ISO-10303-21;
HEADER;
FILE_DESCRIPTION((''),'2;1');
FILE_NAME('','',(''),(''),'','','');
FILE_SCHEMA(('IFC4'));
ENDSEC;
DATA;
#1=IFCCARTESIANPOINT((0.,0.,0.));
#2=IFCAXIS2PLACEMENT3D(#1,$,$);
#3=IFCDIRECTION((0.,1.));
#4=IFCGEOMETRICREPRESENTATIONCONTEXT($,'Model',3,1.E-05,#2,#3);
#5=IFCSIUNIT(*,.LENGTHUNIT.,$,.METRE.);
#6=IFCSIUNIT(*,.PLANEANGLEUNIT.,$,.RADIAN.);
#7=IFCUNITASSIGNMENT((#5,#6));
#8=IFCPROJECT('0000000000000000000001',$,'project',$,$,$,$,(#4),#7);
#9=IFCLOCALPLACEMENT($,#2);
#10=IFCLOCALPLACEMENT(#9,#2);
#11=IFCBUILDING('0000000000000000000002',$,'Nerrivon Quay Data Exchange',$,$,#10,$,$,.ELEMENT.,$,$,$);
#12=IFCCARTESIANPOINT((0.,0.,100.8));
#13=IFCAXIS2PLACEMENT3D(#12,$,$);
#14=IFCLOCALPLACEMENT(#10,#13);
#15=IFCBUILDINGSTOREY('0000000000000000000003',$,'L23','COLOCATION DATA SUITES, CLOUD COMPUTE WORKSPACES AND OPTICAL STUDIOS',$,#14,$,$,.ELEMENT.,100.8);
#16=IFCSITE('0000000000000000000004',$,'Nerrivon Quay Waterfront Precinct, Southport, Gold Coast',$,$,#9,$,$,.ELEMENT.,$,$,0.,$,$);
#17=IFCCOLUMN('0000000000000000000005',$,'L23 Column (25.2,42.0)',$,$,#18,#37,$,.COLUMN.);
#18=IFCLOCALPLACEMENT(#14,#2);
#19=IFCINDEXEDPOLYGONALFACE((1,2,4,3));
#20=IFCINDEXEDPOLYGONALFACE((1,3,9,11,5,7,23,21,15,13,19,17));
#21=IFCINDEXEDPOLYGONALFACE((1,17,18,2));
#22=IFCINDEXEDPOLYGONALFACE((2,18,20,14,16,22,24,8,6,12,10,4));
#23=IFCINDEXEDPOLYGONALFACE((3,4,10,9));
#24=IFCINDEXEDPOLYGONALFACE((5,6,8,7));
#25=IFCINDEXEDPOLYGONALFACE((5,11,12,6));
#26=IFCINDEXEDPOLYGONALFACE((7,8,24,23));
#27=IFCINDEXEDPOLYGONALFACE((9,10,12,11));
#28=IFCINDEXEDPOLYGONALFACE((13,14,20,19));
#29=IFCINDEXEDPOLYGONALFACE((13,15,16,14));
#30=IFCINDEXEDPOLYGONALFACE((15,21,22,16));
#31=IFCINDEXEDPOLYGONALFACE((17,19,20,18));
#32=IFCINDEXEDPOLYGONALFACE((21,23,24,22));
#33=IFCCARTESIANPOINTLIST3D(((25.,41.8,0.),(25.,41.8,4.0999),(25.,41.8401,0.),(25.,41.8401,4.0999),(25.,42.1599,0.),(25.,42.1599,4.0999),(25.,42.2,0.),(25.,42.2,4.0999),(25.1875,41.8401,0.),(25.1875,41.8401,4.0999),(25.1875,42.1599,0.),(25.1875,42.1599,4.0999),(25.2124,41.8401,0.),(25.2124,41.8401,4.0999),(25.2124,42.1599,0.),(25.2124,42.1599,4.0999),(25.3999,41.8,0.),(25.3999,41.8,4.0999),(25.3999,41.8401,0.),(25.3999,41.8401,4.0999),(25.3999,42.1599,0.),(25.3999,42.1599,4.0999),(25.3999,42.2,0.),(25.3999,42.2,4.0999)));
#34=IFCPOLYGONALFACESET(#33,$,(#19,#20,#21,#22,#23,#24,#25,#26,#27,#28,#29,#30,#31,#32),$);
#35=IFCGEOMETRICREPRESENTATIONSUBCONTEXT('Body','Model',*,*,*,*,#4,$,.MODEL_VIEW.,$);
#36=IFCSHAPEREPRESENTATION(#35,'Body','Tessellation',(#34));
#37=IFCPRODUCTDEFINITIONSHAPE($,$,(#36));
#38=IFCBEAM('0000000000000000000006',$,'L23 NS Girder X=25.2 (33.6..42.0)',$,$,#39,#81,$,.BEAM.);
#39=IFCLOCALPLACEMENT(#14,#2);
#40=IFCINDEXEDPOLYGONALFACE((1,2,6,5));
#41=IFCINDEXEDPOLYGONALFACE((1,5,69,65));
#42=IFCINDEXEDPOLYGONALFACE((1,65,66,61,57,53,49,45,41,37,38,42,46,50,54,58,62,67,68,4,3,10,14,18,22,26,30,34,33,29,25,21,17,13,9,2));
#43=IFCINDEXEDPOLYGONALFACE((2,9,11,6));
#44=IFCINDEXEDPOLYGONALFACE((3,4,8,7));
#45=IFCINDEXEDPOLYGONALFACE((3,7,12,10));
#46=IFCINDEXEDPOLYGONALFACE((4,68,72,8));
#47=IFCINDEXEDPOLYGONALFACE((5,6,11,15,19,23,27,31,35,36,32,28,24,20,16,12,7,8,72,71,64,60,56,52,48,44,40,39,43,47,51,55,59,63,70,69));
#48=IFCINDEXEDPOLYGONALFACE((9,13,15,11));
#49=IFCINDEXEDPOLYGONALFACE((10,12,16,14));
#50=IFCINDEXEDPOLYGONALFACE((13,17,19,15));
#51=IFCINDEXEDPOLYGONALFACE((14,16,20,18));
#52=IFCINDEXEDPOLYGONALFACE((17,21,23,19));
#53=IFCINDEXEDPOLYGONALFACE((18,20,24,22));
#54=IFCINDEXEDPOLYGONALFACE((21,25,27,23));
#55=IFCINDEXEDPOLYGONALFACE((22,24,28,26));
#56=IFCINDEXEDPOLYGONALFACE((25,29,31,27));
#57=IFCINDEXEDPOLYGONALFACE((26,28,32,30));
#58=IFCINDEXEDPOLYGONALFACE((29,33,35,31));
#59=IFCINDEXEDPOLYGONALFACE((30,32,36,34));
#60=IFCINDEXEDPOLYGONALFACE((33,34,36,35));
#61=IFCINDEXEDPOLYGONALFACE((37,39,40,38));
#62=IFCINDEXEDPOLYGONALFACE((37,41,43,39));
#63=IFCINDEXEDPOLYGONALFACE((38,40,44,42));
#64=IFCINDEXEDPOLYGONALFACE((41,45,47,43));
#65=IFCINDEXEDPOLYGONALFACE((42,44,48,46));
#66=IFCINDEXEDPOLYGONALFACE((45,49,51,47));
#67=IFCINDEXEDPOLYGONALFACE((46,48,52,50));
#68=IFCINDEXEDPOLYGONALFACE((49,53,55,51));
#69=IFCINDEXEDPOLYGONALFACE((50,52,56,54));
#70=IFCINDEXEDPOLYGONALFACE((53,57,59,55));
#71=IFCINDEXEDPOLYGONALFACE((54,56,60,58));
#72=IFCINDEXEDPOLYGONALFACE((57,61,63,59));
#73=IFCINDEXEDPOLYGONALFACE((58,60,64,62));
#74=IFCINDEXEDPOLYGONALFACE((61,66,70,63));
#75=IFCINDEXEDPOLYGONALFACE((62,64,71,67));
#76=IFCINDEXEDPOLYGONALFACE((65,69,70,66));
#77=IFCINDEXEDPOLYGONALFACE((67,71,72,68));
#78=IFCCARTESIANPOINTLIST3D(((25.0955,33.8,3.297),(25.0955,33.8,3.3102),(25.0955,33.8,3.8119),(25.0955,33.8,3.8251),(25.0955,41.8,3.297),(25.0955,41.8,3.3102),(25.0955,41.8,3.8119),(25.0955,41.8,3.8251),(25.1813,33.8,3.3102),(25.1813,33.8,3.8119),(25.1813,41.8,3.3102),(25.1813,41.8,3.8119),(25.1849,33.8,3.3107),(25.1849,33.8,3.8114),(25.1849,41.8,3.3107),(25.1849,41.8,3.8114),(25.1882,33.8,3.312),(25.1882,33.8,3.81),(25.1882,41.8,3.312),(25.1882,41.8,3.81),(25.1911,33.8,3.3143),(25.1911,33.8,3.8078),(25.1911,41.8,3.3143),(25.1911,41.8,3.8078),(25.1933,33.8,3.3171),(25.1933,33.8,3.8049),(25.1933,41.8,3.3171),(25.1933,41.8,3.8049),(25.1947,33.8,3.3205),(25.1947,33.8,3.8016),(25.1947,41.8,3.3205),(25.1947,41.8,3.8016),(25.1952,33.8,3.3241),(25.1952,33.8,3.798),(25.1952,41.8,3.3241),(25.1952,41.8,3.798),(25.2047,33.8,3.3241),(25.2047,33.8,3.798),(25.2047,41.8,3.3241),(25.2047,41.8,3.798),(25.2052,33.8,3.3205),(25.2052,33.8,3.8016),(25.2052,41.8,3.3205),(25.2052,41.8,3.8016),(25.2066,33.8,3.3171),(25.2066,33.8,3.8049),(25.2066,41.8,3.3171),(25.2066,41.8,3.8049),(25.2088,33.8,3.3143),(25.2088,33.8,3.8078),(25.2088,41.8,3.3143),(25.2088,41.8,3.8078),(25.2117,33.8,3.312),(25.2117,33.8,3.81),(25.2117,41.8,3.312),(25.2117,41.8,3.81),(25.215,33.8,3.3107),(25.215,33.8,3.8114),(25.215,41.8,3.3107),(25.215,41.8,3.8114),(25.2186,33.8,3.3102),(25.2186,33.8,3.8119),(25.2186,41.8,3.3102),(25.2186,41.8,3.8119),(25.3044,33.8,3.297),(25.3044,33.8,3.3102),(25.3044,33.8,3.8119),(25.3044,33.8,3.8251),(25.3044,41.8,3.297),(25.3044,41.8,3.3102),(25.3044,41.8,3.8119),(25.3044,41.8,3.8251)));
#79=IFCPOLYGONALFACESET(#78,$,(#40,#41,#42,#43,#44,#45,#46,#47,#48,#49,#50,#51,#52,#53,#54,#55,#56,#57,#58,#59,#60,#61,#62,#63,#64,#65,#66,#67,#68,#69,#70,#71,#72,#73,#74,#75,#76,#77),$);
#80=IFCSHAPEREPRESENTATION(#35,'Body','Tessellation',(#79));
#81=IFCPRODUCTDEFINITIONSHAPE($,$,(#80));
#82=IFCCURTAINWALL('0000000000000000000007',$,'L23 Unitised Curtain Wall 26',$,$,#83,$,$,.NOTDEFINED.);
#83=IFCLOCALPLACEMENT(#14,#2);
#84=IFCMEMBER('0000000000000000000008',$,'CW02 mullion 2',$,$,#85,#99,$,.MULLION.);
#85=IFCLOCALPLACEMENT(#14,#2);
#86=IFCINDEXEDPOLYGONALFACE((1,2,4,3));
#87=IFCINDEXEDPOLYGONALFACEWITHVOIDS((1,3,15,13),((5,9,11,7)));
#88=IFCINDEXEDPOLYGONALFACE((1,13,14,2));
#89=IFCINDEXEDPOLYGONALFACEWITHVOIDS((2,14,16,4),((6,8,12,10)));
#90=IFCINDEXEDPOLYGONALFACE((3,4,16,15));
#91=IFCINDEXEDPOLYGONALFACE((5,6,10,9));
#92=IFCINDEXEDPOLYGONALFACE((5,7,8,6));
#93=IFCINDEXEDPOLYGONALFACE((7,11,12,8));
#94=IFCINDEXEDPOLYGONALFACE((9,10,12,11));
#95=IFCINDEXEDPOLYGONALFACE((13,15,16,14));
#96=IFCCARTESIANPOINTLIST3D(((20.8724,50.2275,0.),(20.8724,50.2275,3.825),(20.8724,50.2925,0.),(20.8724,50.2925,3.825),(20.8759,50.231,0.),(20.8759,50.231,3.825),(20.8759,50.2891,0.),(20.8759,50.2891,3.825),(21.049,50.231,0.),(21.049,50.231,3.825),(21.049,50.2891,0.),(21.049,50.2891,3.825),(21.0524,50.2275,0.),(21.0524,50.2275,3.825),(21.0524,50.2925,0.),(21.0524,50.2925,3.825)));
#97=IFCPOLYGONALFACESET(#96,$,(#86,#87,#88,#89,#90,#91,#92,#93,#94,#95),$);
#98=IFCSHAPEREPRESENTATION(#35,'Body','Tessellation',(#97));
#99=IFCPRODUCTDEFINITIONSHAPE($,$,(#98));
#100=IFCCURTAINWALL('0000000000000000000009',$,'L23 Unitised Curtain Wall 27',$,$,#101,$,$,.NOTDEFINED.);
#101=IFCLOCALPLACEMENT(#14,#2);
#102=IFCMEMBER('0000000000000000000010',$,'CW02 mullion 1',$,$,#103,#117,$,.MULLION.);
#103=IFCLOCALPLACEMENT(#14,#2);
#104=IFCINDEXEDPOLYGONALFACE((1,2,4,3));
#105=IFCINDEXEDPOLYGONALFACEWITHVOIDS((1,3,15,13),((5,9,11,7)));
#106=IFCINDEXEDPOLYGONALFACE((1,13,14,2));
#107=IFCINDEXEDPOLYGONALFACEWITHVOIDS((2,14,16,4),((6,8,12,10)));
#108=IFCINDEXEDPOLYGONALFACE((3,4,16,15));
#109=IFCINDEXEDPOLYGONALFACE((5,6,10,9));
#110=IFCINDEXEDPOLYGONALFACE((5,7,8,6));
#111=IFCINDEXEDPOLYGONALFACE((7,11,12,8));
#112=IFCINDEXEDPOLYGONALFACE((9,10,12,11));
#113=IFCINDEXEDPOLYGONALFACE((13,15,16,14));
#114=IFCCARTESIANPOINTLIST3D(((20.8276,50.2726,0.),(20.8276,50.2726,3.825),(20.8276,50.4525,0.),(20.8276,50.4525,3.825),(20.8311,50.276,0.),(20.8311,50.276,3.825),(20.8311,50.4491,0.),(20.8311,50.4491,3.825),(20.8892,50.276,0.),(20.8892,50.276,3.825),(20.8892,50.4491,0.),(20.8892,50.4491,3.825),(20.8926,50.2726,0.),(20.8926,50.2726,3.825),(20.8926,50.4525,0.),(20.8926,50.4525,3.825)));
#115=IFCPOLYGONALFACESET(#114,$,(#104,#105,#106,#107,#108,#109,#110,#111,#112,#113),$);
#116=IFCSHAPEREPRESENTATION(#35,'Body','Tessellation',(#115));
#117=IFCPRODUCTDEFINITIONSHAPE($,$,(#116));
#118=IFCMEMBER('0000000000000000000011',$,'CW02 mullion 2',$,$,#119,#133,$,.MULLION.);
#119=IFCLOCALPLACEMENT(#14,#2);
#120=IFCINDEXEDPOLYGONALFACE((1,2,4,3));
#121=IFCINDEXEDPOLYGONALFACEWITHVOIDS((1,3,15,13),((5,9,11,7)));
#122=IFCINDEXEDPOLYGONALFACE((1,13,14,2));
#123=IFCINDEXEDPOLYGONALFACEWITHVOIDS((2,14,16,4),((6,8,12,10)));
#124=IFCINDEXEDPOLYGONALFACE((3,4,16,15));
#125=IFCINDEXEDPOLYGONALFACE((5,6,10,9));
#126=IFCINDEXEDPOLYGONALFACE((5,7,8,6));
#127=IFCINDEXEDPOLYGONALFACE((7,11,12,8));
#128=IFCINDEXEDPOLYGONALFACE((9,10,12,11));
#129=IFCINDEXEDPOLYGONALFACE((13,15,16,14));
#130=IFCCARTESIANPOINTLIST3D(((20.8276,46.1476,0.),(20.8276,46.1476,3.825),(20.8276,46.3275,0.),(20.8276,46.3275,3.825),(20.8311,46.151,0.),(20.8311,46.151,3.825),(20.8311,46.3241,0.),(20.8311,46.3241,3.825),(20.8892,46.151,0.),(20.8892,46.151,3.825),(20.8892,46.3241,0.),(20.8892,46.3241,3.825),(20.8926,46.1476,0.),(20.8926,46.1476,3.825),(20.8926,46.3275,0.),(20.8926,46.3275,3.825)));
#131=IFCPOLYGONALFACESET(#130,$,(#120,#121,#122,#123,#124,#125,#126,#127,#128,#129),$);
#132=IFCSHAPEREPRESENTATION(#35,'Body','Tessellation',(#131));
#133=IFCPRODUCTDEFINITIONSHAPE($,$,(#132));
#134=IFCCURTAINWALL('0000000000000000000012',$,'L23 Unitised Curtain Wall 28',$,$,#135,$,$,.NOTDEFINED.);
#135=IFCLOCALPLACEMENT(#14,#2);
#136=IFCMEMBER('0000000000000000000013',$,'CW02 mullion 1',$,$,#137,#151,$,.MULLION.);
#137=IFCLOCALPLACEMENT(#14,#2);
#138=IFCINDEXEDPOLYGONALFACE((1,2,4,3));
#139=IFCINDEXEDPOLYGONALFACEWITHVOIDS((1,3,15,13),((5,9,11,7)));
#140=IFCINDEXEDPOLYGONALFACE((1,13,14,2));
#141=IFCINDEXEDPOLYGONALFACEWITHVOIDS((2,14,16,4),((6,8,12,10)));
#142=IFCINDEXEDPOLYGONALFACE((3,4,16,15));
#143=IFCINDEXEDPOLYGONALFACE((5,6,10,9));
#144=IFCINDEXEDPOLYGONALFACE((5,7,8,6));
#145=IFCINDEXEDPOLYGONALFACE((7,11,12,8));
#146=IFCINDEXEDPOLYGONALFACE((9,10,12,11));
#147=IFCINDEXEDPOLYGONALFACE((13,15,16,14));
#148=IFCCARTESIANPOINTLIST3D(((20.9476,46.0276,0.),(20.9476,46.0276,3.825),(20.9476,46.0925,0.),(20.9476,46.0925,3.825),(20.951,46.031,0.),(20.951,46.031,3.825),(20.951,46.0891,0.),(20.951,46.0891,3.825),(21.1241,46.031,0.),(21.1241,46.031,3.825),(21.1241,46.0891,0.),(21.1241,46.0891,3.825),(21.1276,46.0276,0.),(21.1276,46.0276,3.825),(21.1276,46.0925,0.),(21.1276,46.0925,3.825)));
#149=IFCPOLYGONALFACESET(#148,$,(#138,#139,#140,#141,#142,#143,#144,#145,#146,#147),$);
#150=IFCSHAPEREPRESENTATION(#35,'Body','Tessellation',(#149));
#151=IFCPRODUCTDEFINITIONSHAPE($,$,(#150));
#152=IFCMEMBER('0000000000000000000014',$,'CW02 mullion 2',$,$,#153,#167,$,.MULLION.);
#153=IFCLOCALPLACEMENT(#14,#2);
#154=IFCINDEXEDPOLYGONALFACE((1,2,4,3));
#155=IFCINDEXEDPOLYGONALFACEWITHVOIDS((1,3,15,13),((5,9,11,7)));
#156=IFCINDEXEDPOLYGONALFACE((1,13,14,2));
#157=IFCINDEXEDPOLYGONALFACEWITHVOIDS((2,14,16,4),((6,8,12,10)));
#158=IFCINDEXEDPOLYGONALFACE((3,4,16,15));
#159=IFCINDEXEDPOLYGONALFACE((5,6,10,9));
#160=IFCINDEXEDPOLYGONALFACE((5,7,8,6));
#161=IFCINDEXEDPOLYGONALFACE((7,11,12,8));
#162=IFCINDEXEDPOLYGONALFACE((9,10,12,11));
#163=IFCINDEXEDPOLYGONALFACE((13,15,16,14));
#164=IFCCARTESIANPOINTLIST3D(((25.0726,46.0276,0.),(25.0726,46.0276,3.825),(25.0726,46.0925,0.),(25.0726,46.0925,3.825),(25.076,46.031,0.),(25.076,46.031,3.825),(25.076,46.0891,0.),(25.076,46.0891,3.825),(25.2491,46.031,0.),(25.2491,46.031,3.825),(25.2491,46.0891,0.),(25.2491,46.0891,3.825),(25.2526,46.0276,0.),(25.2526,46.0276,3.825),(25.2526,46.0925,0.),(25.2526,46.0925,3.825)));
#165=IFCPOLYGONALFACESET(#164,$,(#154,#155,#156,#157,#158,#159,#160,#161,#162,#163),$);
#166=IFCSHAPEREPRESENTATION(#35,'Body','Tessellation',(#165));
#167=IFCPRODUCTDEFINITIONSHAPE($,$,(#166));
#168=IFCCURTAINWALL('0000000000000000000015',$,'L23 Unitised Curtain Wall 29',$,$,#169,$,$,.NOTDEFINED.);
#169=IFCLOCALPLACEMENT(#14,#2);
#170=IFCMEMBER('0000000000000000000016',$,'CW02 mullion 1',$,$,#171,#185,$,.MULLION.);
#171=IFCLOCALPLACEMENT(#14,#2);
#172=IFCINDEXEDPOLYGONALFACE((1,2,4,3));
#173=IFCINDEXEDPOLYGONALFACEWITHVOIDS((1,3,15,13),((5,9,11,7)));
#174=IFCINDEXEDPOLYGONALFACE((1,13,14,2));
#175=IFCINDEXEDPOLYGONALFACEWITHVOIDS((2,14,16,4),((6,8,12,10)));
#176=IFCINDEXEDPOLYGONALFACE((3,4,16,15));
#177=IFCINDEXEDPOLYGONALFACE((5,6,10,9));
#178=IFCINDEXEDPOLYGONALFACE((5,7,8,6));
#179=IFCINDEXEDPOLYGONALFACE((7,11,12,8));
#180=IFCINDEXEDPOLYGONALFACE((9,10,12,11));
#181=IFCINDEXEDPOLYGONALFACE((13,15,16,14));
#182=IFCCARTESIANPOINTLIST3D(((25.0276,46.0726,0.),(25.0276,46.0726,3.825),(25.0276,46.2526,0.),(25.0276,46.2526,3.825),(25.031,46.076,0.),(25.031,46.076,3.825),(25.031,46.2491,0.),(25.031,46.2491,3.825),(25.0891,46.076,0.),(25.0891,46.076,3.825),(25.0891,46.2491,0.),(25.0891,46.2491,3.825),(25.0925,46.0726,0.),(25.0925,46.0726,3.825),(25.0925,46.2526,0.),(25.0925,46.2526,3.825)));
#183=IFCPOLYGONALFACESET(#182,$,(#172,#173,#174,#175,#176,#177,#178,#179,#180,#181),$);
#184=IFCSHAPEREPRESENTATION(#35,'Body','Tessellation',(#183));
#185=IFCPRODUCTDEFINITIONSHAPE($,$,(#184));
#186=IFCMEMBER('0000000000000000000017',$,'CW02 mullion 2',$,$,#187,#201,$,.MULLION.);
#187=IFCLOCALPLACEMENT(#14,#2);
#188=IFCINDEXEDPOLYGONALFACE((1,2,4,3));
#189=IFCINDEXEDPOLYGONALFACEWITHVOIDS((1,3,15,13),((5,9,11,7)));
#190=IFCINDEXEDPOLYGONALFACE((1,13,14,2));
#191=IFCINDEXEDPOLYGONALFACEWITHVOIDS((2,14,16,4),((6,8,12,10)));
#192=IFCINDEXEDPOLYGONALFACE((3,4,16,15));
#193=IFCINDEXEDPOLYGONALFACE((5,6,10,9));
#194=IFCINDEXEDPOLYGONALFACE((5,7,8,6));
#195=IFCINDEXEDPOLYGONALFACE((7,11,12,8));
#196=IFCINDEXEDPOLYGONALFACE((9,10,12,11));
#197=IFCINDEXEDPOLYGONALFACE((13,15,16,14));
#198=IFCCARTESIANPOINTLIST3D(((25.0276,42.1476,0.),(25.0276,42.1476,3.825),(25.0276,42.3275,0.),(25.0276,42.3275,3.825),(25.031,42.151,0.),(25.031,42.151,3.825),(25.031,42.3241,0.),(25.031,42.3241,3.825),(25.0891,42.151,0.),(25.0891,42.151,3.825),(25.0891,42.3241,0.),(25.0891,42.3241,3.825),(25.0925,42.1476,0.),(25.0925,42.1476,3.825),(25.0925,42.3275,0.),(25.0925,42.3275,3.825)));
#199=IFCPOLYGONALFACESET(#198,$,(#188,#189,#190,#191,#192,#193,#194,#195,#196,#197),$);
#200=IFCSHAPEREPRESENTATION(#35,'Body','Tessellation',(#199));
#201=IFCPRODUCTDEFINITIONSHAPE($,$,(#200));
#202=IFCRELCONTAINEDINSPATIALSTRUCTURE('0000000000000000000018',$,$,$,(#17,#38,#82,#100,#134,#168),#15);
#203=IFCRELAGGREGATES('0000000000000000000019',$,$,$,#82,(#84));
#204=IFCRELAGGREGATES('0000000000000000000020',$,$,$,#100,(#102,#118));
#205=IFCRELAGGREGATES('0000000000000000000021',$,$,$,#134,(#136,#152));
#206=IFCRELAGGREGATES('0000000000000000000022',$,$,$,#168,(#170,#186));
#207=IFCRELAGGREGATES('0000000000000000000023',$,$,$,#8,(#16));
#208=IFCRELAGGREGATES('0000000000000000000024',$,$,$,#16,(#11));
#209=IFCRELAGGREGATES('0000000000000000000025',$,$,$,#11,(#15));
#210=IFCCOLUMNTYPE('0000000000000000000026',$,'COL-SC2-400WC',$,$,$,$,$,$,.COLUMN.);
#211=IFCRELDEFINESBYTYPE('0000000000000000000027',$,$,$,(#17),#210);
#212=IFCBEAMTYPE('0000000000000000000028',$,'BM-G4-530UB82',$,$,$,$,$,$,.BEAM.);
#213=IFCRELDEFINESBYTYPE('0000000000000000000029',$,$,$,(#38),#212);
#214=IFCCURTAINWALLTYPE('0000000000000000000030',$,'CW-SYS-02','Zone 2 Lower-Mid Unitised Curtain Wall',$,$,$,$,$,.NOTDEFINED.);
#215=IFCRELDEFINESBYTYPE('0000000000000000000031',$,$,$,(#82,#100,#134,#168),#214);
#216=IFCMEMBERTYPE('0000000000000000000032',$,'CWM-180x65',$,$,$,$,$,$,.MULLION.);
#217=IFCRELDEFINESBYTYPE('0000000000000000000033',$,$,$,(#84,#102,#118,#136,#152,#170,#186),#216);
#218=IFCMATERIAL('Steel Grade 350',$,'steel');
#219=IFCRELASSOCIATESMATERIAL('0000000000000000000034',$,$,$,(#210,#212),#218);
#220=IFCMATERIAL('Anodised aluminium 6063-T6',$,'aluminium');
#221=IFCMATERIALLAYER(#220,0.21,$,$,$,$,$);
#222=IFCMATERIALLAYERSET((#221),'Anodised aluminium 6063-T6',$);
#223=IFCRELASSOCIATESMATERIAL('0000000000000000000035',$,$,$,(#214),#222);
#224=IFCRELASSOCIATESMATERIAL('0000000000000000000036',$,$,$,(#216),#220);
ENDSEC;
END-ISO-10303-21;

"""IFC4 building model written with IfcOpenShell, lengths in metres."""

from ifc_helpers import new_model, si_unit, direction, frame, origin, origin_2d, place, context, subcontext, project, spatial, hollow_rectangle, i_section, extrude, material, layer, layer_set, material_profile, profile_set, type_object, element, aggregate, save


model = new_model("IFC4")

# Units and contexts
model_context = context("Model", 3, precision=1e-05, world=origin(), true_north=direction((0.0, 1.0)))
body_context = subcontext(model_context, "Body", "Model", "MODEL_VIEW")
ifc_project = project(units=[si_unit("LENGTHUNIT", "METRE"), si_unit("PLANEANGLEUNIT", "RADIAN")], contexts=[model_context])

# Site, building, storey
site_placement = place(None, origin())
site = spatial("IfcSite", under=ifc_project, at=site_placement, Name="Nerrivon Quay Waterfront Precinct, Southport, Gold Coast", CompositionType="ELEMENT", RefElevation=0.0)
building_placement = place(site_placement, origin())
building = spatial("IfcBuilding", under=site, at=building_placement, Name="Nerrivon Quay Data Exchange", CompositionType="ELEMENT")
storey_placement = place(building_placement, frame((0.0, 0.0, 100.8)))
storey = spatial("IfcBuildingStorey", under=building, at=storey_placement, Name="L23", Description="COLOCATION DATA SUITES, CLOUD COMPUTE WORKSPACES AND OPTICAL STUDIOS", CompositionType="ELEMENT", Elevation=100.8)

# Column
ifc_material_1 = material(Name="Steel Grade 350", Category="steel")
ifc_material_profile_1 = material_profile(ifc_material_1, i_section(OverallWidth=0.3999, OverallDepth=0.3999, WebThickness=0.0249, FlangeThickness=0.04, at=origin_2d()), Name="400WC328")
ifc_profile_set_1 = profile_set([ifc_material_profile_1], Name="Steel Grade 350")
column_type = type_object("IfcColumnType", Name="COL-SC2-400WC", PredefinedType="COLUMN", material=ifc_profile_set_1)
column_placement = place(storey_placement, frame((25.2, 42.0, 0.0), z_axis=(0.0, 0.0, 1.0), x_axis=(1.0, 0.0, 0.0)))
element("IfcColumn", 1, at=column_placement, inside=storey, type_object=column_type, Name="L23 Column (25.2,42.0)", PredefinedType="COLUMN", context=body_context, shape_type="SweptSolid", body=[
    extrude(i_section(OverallWidth=0.3999, OverallDepth=0.3999, WebThickness=0.0249, FlangeThickness=0.04, at=origin_2d()), origin(), (0.0, 0.0, 1.0), 4.0999),
])

# Beam
ifc_material_profile_2 = material_profile(ifc_material_1, i_section(OverallWidth=0.209, OverallDepth=0.5281, WebThickness=0.0095, FlangeThickness=0.0132, FilletRadius=0.0139, at=origin_2d()), Name="530UB82.0")
ifc_profile_set_2 = profile_set([ifc_material_profile_2], Name="Steel Grade 350")
beam_type = type_object("IfcBeamType", Name="BM-G4-530UB82", PredefinedType="BEAM", material=ifc_profile_set_2)
beam_placement = place(storey_placement, frame((25.2, 33.8, 3.561), z_axis=(0.0, 1.0, 0.0), x_axis=(-1.0, 0.0, 0.0)))
element("IfcBeam", 2, at=beam_placement, inside=storey, type_object=beam_type, Name="L23 NS Girder X=25.2 (33.6..42.0)", PredefinedType="BEAM", context=body_context, shape_type="SweptSolid", body=[
    extrude(i_section(OverallWidth=0.209, OverallDepth=0.5281, WebThickness=0.0095, FlangeThickness=0.0132, FilletRadius=0.0139, at=origin_2d()), origin(), (0.0, 0.0, 1.0), 8.0),
])

# Curtain wall, member
ifc_material_2 = material(Name="Anodised aluminium 6063-T6", Category="aluminium")
ifc_layer_1 = layer(ifc_material_2, 0.21)
ifc_layer_set_1 = layer_set([ifc_layer_1], Name="Anodised aluminium 6063-T6")
curtain_wall_type = type_object("IfcCurtainWallType", Name="CW-SYS-02", Description="Zone 2 Lower-Mid Unitised Curtain Wall", PredefinedType="NOTDEFINED", material=ifc_layer_set_1)
curtain_wall_1_placement = place(storey_placement, origin())
curtain_wall_1 = element("IfcCurtainWall", 3, at=curtain_wall_1_placement, inside=storey, type_object=curtain_wall_type, Name="L23 Unitised Curtain Wall 26", PredefinedType="NOTDEFINED")
ifc_material_profile_3 = material_profile(ifc_material_2, hollow_rectangle(XDim=0.0649, YDim=0.1799, WallThickness=0.0034, at=origin_2d()), Name="ALU-MULL-180x65")
ifc_profile_set_3 = profile_set([ifc_material_profile_3], Name="Anodised aluminium 6063-T6")
member_type_1 = type_object("IfcMemberType", Name="CWM-180x65", PredefinedType="MULLION", material=ifc_profile_set_3)
member_1_placement = place(storey_placement, frame((20.9624, 50.26, 0.0), z_axis=(0.0, 0.0, 1.0), x_axis=(0.0, 1.0, 0.0)))
member_1 = element("IfcMember", 4, at=member_1_placement, type_object=member_type_1, Name="CW02 mullion 2", PredefinedType="MULLION", context=body_context, shape_type="SweptSolid", body=[
    extrude(hollow_rectangle(XDim=0.0649, YDim=0.1799, WallThickness=0.0034, at=origin_2d()), origin(), (0.0, 0.0, 1.0), 3.825),
])
aggregate(curtain_wall_1, [member_1])

# Curtain walls, members
curtain_wall_2_placement = place(storey_placement, origin())
curtain_wall_2 = element("IfcCurtainWall", 5, at=curtain_wall_2_placement, inside=storey, type_object=curtain_wall_type, Name="L23 Unitised Curtain Wall 27", PredefinedType="NOTDEFINED")
member_2_placement = place(storey_placement, frame((20.8601, 50.3625, 0.0), z_axis=(0.0, 0.0, 1.0), x_axis=(1.0, 0.0, 0.0)))
member_2 = element("IfcMember", 6, at=member_2_placement, type_object=member_type_1, Name="CW02 mullion 1", PredefinedType="MULLION", context=body_context, shape_type="SweptSolid", body=[
    extrude(hollow_rectangle(XDim=0.0649, YDim=0.1799, WallThickness=0.0034, at=origin_2d()), origin(), (0.0, 0.0, 1.0), 3.825),
])
member_3_placement = place(storey_placement, frame((20.8601, 46.2375, 0.0), z_axis=(0.0, 0.0, 1.0), x_axis=(1.0, 0.0, 0.0)))
member_3 = element("IfcMember", 7, at=member_3_placement, type_object=member_type_1, Name="CW02 mullion 2", PredefinedType="MULLION", context=body_context, shape_type="SweptSolid", body=[
    extrude(hollow_rectangle(XDim=0.0649, YDim=0.1799, WallThickness=0.0034, at=origin_2d()), origin(), (0.0, 0.0, 1.0), 3.825),
])
curtain_wall_3_placement = place(storey_placement, origin())
curtain_wall_3 = element("IfcCurtainWall", 8, at=curtain_wall_3_placement, inside=storey, type_object=curtain_wall_type, Name="L23 Unitised Curtain Wall 28", PredefinedType="NOTDEFINED")
member_4_placement = place(storey_placement, frame((21.0376, 46.0601, 0.0), z_axis=(0.0, 0.0, 1.0), x_axis=(0.0, 1.0, 0.0)))
member_4 = element("IfcMember", 9, at=member_4_placement, type_object=member_type_1, Name="CW02 mullion 1", PredefinedType="MULLION", context=body_context, shape_type="SweptSolid", body=[
    extrude(hollow_rectangle(XDim=0.0649, YDim=0.1799, WallThickness=0.0034, at=origin_2d()), origin(), (0.0, 0.0, 1.0), 3.825),
])
member_5_placement = place(storey_placement, frame((25.1626, 46.0601, 0.0), z_axis=(0.0, 0.0, 1.0), x_axis=(0.0, 1.0, 0.0)))
member_5 = element("IfcMember", 10, at=member_5_placement, type_object=member_type_1, Name="CW02 mullion 2", PredefinedType="MULLION", context=body_context, shape_type="SweptSolid", body=[
    extrude(hollow_rectangle(XDim=0.0649, YDim=0.1799, WallThickness=0.0034, at=origin_2d()), origin(), (0.0, 0.0, 1.0), 3.825),
])
curtain_wall_4_placement = place(storey_placement, origin())
curtain_wall_4 = element("IfcCurtainWall", 11, at=curtain_wall_4_placement, inside=storey, type_object=curtain_wall_type, Name="L23 Unitised Curtain Wall 29", PredefinedType="NOTDEFINED")
member_6_placement = place(storey_placement, frame((25.0601, 46.1626, 0.0), z_axis=(0.0, 0.0, 1.0), x_axis=(1.0, 0.0, 0.0)))
member_6 = element("IfcMember", 12, at=member_6_placement, type_object=member_type_1, Name="CW02 mullion 1", PredefinedType="MULLION", context=body_context, shape_type="SweptSolid", body=[
    extrude(hollow_rectangle(XDim=0.0649, YDim=0.1799, WallThickness=0.0034, at=origin_2d()), origin(), (0.0, 0.0, 1.0), 3.825),
])
member_7_placement = place(storey_placement, frame((25.0601, 42.2375, 0.0), z_axis=(0.0, 0.0, 1.0), x_axis=(1.0, 0.0, 0.0)))
member_7 = element("IfcMember", 13, at=member_7_placement, type_object=member_type_1, Name="CW02 mullion 2", PredefinedType="MULLION", context=body_context, shape_type="SweptSolid", body=[
    extrude(hollow_rectangle(XDim=0.0649, YDim=0.1799, WallThickness=0.0034, at=origin_2d()), origin(), (0.0, 0.0, 1.0), 3.825),
])

aggregate(curtain_wall_2, [member_2, member_3])
aggregate(curtain_wall_3, [member_4, member_5])
aggregate(curtain_wall_4, [member_6, member_7])

save(model, "model.ifc")
